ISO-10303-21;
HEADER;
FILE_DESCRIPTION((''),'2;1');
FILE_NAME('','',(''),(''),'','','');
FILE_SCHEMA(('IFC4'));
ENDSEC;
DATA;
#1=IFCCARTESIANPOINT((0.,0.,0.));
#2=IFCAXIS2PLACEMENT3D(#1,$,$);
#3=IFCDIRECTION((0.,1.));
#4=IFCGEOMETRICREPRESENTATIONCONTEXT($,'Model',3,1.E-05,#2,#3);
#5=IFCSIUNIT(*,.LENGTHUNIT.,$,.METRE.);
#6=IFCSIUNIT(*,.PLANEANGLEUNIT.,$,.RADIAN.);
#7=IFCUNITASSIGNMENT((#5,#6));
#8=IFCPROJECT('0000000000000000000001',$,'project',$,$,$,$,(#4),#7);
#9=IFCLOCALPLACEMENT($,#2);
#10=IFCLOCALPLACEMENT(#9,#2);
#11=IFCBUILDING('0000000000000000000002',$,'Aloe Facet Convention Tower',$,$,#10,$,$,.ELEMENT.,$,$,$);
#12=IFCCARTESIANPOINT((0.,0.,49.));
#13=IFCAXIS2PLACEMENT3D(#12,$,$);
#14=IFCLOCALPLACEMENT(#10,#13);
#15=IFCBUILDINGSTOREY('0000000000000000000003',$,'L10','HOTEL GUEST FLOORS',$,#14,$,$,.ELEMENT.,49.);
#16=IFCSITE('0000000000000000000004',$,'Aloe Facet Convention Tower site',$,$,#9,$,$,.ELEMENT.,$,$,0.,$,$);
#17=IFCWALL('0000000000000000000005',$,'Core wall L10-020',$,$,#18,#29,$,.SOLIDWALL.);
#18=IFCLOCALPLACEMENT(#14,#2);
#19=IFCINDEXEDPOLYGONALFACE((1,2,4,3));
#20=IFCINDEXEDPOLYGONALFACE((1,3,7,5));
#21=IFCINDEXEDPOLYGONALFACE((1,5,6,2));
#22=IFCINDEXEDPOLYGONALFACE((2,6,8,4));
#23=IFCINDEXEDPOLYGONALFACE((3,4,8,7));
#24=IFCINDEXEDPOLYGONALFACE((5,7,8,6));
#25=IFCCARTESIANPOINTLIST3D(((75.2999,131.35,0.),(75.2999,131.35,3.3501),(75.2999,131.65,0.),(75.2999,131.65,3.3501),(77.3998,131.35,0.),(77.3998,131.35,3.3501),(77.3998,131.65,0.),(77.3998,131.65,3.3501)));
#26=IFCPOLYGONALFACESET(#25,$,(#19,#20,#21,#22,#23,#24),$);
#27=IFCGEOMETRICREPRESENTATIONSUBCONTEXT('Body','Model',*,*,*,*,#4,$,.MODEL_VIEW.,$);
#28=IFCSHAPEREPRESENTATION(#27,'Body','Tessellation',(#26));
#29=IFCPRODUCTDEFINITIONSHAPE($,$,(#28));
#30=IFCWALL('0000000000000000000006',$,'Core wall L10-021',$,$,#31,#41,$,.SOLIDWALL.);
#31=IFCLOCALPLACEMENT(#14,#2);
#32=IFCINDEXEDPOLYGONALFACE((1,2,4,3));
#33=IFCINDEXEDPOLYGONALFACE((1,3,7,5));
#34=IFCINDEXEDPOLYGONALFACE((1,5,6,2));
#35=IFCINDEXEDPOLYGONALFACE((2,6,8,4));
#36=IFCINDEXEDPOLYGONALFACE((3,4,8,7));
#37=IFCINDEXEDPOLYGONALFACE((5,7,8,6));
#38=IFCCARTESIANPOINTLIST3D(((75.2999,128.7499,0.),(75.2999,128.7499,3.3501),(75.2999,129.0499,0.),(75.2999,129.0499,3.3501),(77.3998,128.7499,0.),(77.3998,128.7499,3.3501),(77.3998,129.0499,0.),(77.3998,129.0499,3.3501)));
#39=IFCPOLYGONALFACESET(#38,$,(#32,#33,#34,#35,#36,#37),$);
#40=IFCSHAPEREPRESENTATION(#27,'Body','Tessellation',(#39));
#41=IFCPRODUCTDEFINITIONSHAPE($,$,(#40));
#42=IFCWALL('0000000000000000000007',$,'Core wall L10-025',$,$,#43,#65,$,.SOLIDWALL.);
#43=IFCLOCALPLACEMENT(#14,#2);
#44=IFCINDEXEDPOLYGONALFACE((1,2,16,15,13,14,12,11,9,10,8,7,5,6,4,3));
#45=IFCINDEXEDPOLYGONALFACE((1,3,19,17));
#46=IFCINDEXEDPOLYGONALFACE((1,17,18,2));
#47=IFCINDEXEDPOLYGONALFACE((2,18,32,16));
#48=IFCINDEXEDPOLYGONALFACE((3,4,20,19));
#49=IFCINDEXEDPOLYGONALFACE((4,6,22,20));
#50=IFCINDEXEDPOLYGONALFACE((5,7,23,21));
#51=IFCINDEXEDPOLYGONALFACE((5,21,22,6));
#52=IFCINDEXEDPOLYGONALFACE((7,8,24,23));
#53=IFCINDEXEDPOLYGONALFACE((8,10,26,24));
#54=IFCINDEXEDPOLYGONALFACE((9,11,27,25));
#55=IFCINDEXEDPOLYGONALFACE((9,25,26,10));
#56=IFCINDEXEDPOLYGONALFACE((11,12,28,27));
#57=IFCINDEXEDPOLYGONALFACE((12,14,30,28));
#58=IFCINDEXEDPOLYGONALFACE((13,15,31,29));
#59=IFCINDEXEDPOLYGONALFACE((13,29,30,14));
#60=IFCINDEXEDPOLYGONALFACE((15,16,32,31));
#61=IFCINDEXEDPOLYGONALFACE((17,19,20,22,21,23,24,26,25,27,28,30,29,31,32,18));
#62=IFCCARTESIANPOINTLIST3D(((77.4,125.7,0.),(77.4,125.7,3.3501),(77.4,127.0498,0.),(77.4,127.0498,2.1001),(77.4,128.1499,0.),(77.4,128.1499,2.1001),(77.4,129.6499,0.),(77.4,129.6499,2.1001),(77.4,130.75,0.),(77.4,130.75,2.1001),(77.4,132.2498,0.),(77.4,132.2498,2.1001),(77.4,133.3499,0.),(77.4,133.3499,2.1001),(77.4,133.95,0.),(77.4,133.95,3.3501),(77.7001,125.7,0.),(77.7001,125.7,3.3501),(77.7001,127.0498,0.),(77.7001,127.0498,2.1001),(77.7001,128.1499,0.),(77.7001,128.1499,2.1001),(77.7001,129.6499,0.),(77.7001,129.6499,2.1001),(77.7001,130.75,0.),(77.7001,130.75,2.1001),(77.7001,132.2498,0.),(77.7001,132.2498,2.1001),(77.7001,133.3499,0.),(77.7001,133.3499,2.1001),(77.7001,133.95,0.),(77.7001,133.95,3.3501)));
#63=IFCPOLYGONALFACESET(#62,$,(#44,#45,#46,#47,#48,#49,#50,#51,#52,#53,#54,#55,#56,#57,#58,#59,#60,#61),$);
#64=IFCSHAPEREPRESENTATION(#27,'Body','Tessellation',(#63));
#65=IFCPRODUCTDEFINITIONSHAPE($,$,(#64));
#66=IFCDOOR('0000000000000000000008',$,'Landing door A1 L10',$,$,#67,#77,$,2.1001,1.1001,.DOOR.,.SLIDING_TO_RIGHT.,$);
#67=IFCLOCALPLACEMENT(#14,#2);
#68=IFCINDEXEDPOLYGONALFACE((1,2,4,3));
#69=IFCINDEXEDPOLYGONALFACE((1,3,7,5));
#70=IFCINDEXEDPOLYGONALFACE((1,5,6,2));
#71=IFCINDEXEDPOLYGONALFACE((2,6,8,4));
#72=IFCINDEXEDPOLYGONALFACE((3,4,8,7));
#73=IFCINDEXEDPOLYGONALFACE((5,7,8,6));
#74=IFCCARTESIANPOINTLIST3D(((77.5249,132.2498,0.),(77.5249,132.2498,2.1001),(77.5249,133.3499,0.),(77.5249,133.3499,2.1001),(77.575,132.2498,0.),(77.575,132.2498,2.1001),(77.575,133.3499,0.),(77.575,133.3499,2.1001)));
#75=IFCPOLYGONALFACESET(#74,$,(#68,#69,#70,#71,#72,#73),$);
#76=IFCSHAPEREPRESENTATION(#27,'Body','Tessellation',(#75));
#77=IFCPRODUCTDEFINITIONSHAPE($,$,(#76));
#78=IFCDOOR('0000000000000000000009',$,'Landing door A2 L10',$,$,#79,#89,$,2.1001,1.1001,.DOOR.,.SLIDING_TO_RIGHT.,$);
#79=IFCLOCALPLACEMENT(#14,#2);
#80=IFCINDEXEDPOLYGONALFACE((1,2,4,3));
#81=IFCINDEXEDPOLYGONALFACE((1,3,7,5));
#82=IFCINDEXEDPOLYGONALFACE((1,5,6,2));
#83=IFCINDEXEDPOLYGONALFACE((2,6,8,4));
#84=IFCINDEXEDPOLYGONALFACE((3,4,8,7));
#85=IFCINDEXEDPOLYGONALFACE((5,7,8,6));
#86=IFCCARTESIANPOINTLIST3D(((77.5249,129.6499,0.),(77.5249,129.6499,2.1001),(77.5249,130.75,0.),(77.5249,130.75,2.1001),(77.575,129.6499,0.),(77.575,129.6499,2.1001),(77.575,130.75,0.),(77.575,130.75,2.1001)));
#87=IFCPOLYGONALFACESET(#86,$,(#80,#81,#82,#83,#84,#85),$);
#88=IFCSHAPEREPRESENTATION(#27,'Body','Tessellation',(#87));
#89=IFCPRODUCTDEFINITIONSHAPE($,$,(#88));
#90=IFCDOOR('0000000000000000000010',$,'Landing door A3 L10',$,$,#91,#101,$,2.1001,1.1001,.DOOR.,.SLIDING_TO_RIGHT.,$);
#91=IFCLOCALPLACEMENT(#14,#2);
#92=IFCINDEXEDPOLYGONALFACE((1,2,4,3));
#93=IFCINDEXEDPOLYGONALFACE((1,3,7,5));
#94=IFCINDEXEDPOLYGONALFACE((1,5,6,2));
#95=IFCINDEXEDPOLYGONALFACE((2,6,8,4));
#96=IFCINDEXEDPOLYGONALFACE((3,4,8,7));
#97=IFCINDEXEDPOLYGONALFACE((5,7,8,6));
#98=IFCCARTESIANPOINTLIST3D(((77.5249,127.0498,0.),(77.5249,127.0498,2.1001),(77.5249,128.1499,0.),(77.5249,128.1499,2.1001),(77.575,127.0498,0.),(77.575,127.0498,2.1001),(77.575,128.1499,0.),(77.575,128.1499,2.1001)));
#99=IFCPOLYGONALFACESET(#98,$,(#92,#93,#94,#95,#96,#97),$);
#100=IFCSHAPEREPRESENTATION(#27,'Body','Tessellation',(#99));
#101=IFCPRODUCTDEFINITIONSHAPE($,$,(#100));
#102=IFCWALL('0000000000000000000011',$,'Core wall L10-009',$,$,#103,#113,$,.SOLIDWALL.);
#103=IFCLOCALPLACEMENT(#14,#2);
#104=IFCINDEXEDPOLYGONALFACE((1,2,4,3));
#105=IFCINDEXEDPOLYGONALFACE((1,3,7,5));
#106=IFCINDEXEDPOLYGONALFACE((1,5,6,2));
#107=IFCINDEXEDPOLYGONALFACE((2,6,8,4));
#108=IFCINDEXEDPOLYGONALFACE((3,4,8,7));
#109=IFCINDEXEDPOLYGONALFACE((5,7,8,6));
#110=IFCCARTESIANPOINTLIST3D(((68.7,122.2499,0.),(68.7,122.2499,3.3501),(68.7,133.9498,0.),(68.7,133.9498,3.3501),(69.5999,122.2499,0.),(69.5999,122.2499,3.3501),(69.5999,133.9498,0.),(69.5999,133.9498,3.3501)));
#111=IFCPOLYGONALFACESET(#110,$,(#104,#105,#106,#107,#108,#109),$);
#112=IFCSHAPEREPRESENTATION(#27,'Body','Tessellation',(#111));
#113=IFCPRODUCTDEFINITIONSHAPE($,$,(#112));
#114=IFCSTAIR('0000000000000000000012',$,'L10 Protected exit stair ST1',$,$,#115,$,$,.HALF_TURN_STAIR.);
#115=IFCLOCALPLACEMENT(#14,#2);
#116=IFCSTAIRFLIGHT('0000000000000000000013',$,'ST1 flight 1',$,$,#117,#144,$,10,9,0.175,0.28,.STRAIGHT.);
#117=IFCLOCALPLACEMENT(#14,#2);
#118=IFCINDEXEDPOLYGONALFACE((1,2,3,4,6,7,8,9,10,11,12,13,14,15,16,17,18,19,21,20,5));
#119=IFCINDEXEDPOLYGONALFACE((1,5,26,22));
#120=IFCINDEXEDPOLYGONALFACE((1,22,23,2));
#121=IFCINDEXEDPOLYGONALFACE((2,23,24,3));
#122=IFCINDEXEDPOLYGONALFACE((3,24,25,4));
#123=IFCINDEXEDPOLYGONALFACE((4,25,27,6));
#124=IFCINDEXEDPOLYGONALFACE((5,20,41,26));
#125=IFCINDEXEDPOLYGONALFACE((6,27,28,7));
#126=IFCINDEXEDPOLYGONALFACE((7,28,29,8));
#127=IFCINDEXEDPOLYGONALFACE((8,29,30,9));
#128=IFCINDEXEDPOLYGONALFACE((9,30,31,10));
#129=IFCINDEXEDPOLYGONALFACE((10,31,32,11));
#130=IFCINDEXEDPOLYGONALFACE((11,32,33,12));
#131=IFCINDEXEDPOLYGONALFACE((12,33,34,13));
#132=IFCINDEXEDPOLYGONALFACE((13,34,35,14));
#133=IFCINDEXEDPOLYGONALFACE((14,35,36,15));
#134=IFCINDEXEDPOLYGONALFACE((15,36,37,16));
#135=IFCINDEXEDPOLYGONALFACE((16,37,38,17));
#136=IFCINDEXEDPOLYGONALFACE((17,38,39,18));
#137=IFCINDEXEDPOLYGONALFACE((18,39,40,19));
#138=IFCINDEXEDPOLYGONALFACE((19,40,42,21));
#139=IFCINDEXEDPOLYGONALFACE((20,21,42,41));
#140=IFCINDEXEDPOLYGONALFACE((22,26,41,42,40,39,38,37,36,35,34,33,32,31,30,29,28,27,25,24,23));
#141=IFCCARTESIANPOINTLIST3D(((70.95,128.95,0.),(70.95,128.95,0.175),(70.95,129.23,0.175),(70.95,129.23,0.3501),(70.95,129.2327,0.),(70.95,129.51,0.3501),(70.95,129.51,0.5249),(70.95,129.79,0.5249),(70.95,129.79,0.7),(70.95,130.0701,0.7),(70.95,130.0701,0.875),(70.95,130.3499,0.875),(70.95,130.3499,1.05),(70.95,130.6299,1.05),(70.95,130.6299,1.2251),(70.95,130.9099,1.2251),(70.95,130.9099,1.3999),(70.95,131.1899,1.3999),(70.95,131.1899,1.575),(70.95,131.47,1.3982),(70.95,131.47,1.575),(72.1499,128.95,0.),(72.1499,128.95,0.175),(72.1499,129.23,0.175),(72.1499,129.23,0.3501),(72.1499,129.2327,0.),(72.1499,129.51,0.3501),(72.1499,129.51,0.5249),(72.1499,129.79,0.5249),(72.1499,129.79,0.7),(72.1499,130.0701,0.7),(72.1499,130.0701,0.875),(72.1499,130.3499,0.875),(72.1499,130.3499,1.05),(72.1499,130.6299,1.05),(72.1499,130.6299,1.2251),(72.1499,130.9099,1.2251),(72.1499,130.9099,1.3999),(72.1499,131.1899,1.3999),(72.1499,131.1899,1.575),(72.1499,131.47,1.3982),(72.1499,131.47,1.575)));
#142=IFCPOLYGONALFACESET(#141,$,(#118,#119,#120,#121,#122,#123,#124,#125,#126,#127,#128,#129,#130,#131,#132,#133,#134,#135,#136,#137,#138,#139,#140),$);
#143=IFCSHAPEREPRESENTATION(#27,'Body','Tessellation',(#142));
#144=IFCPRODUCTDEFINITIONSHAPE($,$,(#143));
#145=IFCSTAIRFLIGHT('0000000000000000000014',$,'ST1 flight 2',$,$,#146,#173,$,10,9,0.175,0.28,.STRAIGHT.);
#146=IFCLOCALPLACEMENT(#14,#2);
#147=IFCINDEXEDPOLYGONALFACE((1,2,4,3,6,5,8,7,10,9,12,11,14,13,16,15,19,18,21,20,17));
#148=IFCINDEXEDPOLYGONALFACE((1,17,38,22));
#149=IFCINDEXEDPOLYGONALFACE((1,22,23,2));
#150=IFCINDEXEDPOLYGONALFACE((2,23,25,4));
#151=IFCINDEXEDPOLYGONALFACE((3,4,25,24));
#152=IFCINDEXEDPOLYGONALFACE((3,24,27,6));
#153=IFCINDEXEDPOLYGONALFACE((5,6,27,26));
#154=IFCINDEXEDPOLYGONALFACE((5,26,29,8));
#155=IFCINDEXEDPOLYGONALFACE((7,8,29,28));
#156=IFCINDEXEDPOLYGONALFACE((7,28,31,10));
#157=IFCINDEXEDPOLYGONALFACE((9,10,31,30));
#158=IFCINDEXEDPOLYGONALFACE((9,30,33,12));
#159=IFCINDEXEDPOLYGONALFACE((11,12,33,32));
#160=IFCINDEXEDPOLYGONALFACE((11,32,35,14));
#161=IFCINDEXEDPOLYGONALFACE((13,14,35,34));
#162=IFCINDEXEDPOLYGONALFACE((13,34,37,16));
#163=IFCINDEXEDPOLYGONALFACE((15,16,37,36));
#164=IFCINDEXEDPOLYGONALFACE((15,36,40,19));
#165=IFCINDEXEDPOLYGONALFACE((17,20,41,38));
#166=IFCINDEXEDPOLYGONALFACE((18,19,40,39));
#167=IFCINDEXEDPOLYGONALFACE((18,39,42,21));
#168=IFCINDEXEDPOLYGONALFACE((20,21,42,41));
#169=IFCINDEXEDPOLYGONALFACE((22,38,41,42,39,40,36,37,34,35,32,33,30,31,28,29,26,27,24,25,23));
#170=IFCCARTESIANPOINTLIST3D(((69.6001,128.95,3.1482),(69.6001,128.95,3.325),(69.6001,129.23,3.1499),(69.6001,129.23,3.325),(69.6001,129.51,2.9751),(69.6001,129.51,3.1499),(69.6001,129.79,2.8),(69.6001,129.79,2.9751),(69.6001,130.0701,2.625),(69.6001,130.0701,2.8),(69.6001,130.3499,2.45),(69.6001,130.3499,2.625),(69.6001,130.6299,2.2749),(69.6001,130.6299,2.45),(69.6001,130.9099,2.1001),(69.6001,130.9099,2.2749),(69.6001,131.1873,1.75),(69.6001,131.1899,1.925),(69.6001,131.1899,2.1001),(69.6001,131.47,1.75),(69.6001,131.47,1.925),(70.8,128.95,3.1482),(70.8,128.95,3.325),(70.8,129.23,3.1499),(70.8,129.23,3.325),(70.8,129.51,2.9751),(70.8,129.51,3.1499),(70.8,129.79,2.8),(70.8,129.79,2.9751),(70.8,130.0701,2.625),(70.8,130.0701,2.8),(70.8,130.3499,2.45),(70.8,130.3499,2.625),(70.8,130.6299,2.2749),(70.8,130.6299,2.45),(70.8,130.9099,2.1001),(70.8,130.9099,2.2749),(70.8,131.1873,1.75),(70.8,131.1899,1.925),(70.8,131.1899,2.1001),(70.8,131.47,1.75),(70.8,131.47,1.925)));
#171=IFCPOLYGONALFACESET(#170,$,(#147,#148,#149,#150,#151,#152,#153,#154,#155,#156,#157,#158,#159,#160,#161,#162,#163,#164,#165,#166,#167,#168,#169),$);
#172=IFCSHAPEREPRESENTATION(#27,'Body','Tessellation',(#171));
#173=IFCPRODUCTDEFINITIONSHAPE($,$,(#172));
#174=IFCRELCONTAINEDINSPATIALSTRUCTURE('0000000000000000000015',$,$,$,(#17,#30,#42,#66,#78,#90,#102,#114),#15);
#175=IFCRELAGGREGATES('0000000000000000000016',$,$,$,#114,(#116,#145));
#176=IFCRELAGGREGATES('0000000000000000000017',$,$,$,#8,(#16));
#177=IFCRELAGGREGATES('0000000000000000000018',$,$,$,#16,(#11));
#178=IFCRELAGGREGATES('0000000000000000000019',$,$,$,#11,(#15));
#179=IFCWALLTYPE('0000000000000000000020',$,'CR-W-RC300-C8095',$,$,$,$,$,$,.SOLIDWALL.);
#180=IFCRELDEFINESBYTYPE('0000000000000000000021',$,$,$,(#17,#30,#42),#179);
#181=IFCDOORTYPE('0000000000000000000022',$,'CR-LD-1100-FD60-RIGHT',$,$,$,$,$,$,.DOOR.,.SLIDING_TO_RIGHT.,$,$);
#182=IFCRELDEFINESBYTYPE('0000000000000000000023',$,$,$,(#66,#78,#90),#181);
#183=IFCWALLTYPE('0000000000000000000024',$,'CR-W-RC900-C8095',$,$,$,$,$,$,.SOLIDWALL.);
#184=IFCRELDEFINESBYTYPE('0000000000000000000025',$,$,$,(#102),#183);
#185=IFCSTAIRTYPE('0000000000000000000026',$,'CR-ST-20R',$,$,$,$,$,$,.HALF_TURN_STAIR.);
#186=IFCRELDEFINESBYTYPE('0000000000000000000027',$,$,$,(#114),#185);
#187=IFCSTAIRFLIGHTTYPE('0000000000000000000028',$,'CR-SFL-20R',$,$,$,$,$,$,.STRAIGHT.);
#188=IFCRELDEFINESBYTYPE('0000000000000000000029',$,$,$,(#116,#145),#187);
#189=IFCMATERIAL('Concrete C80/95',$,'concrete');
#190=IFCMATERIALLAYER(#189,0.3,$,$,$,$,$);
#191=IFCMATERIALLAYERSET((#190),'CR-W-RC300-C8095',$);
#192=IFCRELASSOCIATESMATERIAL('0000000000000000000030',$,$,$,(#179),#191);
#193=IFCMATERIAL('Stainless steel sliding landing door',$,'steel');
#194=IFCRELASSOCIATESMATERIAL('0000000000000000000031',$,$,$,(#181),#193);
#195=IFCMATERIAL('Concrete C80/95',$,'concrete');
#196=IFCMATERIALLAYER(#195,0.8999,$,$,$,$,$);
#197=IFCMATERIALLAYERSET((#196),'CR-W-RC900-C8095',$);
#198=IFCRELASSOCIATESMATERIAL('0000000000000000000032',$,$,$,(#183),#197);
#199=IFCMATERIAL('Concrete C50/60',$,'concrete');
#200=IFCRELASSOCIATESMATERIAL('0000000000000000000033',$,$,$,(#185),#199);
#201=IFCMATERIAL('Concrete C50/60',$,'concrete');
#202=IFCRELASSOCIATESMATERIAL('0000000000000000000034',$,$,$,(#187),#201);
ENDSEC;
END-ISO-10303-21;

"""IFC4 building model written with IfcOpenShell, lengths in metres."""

from ifc_helpers import new_model, si_unit, direction, frame, frame_2d, origin, place, context, subcontext, project, spatial, polyline, rectangle, outline, extrude, material, layer, layer_set, type_object, element, fill, aggregate, save


model = new_model("IFC4")

# Units and contexts
model_context = context("Model", 3, precision=1e-05, world=origin(), true_north=direction((0.0, 1.0)))
body_context = subcontext(model_context, "Body", "Model", "MODEL_VIEW")
ifc_project = project(units=[si_unit("LENGTHUNIT", "METRE"), si_unit("PLANEANGLEUNIT", "RADIAN")], contexts=[model_context])

# Site, building, storey
site_placement = place(None, origin())
site = spatial("IfcSite", under=ifc_project, at=site_placement, Name="Aloe Facet Convention Tower site", CompositionType="ELEMENT", RefElevation=0.0)
building_placement = place(site_placement, origin())
building = spatial("IfcBuilding", under=site, at=building_placement, Name="Aloe Facet Convention Tower", CompositionType="ELEMENT")
storey_placement = place(building_placement, frame((0.0, 0.0, 49.0)))
storey = spatial("IfcBuildingStorey", under=building, at=storey_placement, Name="L10", Description="HOTEL GUEST FLOORS", CompositionType="ELEMENT", Elevation=49.0)

# Shared definitions
ifc_material_1 = material(Name="Concrete C80/95", Category="concrete")
ifc_layer_1 = layer(ifc_material_1, 0.3)
ifc_layer_set_1 = layer_set([ifc_layer_1], Name="CR-W-RC300-C8095")
wall_type_1 = type_object("IfcWallType", Name="CR-W-RC300-C8095", PredefinedType="SOLIDWALL", material=ifc_layer_set_1)

# Walls
for number, where, z_axis, x_axis, name in (
    (1, (75.3, 131.5, 0.0), (0.0, 0.0, 1.0), (1.0, 0.0, 0.0), "Core wall L10-020"),
    (2, (75.3, 128.8999, 0.0), (0.0, 0.0, 1.0), (1.0, 0.0, 0.0), "Core wall L10-021"),
):
    element("IfcWall", number, at=place(storey_placement, frame(where, z_axis=z_axis, x_axis=x_axis)), inside=storey, type_object=wall_type_1, Name=name, PredefinedType="SOLIDWALL", context=body_context, shape_type="SweptSolid", body=[
        extrude(rectangle(XDim=2.0999, YDim=0.3, at=frame_2d((1.0498, 0.0))), origin(), (0.0, 0.0, 1.0), 3.3501),
    ])

# Wall, openings, doors
wall_1_placement = place(storey_placement, frame((77.55, 133.95, 0.0), z_axis=(0.0, 0.0, 1.0), x_axis=(0.0, -1.0, 0.0)))
wall_1 = element("IfcWall", 3, at=wall_1_placement, inside=storey, type_object=wall_type_1, Name="Core wall L10-025", PredefinedType="SOLIDWALL", context=body_context, shape_type="SweptSolid", body=[
    extrude(rectangle(XDim=8.25, YDim=0.3, at=frame_2d((4.125, 0.0))), origin(), (0.0, 0.0, 1.0), 3.3501),
])
opening_1_placement = place(wall_1_placement, frame((0.6001, 0.0, 0.0)))
opening_1 = element("IfcOpeningElement", 4, at=opening_1_placement, cuts=wall_1, PredefinedType="OPENING", context=body_context, shape_type="SweptSolid", body=[
    extrude(rectangle(XDim=1.1001, YDim=2.1001, at=frame_2d((0.55, 1.05))), frame((0.0, 0.1602, 0.0), z_axis=(0.0, -1.0, 0.0), x_axis=(1.0, 0.0, 0.0)), (0.0, 0.0, 1.0), 0.3201),
])
opening_2_placement = place(wall_1_placement, frame((3.2, 0.0, 0.0)))
opening_2 = element("IfcOpeningElement", 5, at=opening_2_placement, cuts=wall_1, PredefinedType="OPENING", context=body_context, shape_type="SweptSolid", body=[
    extrude(rectangle(XDim=1.1001, YDim=2.1001, at=frame_2d((0.55, 1.05))), frame((0.0, 0.1602, 0.0), z_axis=(0.0, -1.0, 0.0), x_axis=(1.0, 0.0, 0.0)), (0.0, 0.0, 1.0), 0.3201),
])
opening_3_placement = place(wall_1_placement, frame((5.8, 0.0, 0.0)))
opening_3 = element("IfcOpeningElement", 6, at=opening_3_placement, cuts=wall_1, PredefinedType="OPENING", context=body_context, shape_type="SweptSolid", body=[
    extrude(rectangle(XDim=1.1001, YDim=2.1001, at=frame_2d((0.55, 1.05))), frame((0.0, 0.1602, 0.0), z_axis=(0.0, -1.0, 0.0), x_axis=(1.0, 0.0, 0.0)), (0.0, 0.0, 1.0), 0.3201),
])
ifc_material_2 = material(Name="Stainless steel sliding landing door", Category="steel")
door_type_1 = type_object("IfcDoorType", Name="CR-LD-1100-FD60-RIGHT", OperationType="SLIDING_TO_RIGHT", PredefinedType="DOOR", material=ifc_material_2)
door_1_placement = place(opening_1_placement, origin())
door_1 = element("IfcDoor", 7, at=door_1_placement, inside=storey, type_object=door_type_1, Name="Landing door A1 L10", OperationType="SLIDING_TO_RIGHT", OverallHeight=2.1001, OverallWidth=1.1001, PredefinedType="DOOR", context=body_context, shape_type="SweptSolid", body=[
    extrude(rectangle(XDim=1.1001, YDim=2.1001, at=frame_2d((0.55, 1.05))), frame((0.0, 0.0249, 0.0), z_axis=(0.0, -1.0, 0.0), x_axis=(1.0, 0.0, 0.0)), (0.0, 0.0, 1.0), 0.05),
])
fill(opening_1, door_1)
door_2_placement = place(opening_2_placement, origin())
door_2 = element("IfcDoor", 8, at=door_2_placement, inside=storey, type_object=door_type_1, Name="Landing door A2 L10", OperationType="SLIDING_TO_RIGHT", OverallHeight=2.1001, OverallWidth=1.1001, PredefinedType="DOOR", context=body_context, shape_type="SweptSolid", body=[
    extrude(rectangle(XDim=1.1001, YDim=2.1001, at=frame_2d((0.55, 1.05))), frame((0.0, 0.0249, 0.0), z_axis=(0.0, -1.0, 0.0), x_axis=(1.0, 0.0, 0.0)), (0.0, 0.0, 1.0), 0.05),
])
fill(opening_2, door_2)
door_3_placement = place(opening_3_placement, origin())
door_3 = element("IfcDoor", 9, at=door_3_placement, inside=storey, type_object=door_type_1, Name="Landing door A3 L10", OperationType="SLIDING_TO_RIGHT", OverallHeight=2.1001, OverallWidth=1.1001, PredefinedType="DOOR", context=body_context, shape_type="SweptSolid", body=[
    extrude(rectangle(XDim=1.1001, YDim=2.1001, at=frame_2d((0.55, 1.05))), frame((0.0, 0.0249, 0.0), z_axis=(0.0, -1.0, 0.0), x_axis=(1.0, 0.0, 0.0)), (0.0, 0.0, 1.0), 0.05),
])
fill(opening_3, door_3)

# Wall
ifc_material_3 = material(Name="Concrete C80/95", Category="concrete")
ifc_layer_2 = layer(ifc_material_3, 0.8999)
ifc_layer_set_2 = layer_set([ifc_layer_2], Name="CR-W-RC900-C8095")
wall_type_2 = type_object("IfcWallType", Name="CR-W-RC900-C8095", PredefinedType="SOLIDWALL", material=ifc_layer_set_2)
wall_2_placement = place(storey_placement, frame((69.1499, 133.95, 0.0), z_axis=(0.0, 0.0, 1.0), x_axis=(0.0, -1.0, 0.0)))
element("IfcWall", 10, at=wall_2_placement, inside=storey, type_object=wall_type_2, Name="Core wall L10-009", PredefinedType="SOLIDWALL", context=body_context, shape_type="SweptSolid", body=[
    extrude(rectangle(XDim=11.7, YDim=0.8999, at=frame_2d((5.8501, 0.0))), origin(), (0.0, 0.0, 1.0), 3.3501),
])

# Stair, stair flights
ifc_material_4 = material(Name="Concrete C50/60", Category="concrete")
stair_type = type_object("IfcStairType", Name="CR-ST-20R", PredefinedType="HALF_TURN_STAIR", material=ifc_material_4)
stair_placement = place(storey_placement, origin())
stair = element("IfcStair", 11, at=stair_placement, inside=storey, type_object=stair_type, Name="L10 Protected exit stair ST1", PredefinedType="HALF_TURN_STAIR")
ifc_material_5 = material(Name="Concrete C50/60", Category="concrete")
stair_flight_type = type_object("IfcStairFlightType", Name="CR-SFL-20R", PredefinedType="STRAIGHT", material=ifc_material_5)
stair_flight_1_placement = place(storey_placement, frame((71.55, 128.95, 0.0), z_axis=(0.0, 0.0, 1.0), x_axis=(0.0, 1.0, 0.0)))
stair_flight_1 = element("IfcStairFlight", 12, at=stair_flight_1_placement, type_object=stair_flight_type, Name="ST1 flight 1", NumberOfRisers=10, NumberOfTreads=9, PredefinedType="STRAIGHT", RiserHeight=0.175, TreadLength=0.28, context=body_context, shape_type="SweptSolid", body=[
    extrude(outline(polyline([(0.0, 0.0), (0.0, 0.175), (0.28, 0.175), (0.28, 0.3501), (0.5601, 0.3501), (0.5601, 0.5249), (0.8401, 0.5249), (0.8401, 0.7), (1.1201, 0.7), (1.1201, 0.875), (1.3999, 0.875), (1.3999, 1.05), (1.6799, 1.05), (1.6799, 1.2251), (1.96, 1.2251), (1.96, 1.3999), (2.24, 1.3999), (2.24, 1.575), (2.52, 1.575), (2.52, 1.75), (2.52, 1.3982), (0.2827, 0.0), (0.0, 0.0)])), frame((0.0, 0.6001, 0.0), z_axis=(0.0, -1.0, 0.0), x_axis=(1.0, 0.0, 0.0)), (0.0, 0.0, 1.0), 1.2),
])
stair_flight_2_placement = place(storey_placement, frame((70.2, 131.47, 1.75), z_axis=(0.0, 0.0, 1.0), x_axis=(0.0, -1.0, 0.0)))
stair_flight_2 = element("IfcStairFlight", 13, at=stair_flight_2_placement, type_object=stair_flight_type, Name="ST1 flight 2", NumberOfRisers=10, NumberOfTreads=9, PredefinedType="STRAIGHT", RiserHeight=0.175, TreadLength=0.28, context=body_context, shape_type="SweptSolid", body=[
    extrude(outline(polyline([(0.0, 0.0), (0.0, 0.175), (0.28, 0.175), (0.28, 0.3501), (0.5601, 0.3501), (0.5601, 0.5249), (0.8401, 0.5249), (0.8401, 0.7), (1.1201, 0.7), (1.1201, 0.875), (1.3999, 0.875), (1.3999, 1.05), (1.6799, 1.05), (1.6799, 1.2251), (1.96, 1.2251), (1.96, 1.3999), (2.24, 1.3999), (2.24, 1.575), (2.52, 1.575), (2.52, 1.75), (2.52, 1.3982), (0.2827, 0.0), (0.0, 0.0)])), frame((0.0, 0.6001, 0.0), z_axis=(0.0, -1.0, 0.0), x_axis=(1.0, 0.0, 0.0)), (0.0, 0.0, 1.0), 1.2),
])
aggregate(stair, [stair_flight_1, stair_flight_2])

save(model, "model.ifc")
